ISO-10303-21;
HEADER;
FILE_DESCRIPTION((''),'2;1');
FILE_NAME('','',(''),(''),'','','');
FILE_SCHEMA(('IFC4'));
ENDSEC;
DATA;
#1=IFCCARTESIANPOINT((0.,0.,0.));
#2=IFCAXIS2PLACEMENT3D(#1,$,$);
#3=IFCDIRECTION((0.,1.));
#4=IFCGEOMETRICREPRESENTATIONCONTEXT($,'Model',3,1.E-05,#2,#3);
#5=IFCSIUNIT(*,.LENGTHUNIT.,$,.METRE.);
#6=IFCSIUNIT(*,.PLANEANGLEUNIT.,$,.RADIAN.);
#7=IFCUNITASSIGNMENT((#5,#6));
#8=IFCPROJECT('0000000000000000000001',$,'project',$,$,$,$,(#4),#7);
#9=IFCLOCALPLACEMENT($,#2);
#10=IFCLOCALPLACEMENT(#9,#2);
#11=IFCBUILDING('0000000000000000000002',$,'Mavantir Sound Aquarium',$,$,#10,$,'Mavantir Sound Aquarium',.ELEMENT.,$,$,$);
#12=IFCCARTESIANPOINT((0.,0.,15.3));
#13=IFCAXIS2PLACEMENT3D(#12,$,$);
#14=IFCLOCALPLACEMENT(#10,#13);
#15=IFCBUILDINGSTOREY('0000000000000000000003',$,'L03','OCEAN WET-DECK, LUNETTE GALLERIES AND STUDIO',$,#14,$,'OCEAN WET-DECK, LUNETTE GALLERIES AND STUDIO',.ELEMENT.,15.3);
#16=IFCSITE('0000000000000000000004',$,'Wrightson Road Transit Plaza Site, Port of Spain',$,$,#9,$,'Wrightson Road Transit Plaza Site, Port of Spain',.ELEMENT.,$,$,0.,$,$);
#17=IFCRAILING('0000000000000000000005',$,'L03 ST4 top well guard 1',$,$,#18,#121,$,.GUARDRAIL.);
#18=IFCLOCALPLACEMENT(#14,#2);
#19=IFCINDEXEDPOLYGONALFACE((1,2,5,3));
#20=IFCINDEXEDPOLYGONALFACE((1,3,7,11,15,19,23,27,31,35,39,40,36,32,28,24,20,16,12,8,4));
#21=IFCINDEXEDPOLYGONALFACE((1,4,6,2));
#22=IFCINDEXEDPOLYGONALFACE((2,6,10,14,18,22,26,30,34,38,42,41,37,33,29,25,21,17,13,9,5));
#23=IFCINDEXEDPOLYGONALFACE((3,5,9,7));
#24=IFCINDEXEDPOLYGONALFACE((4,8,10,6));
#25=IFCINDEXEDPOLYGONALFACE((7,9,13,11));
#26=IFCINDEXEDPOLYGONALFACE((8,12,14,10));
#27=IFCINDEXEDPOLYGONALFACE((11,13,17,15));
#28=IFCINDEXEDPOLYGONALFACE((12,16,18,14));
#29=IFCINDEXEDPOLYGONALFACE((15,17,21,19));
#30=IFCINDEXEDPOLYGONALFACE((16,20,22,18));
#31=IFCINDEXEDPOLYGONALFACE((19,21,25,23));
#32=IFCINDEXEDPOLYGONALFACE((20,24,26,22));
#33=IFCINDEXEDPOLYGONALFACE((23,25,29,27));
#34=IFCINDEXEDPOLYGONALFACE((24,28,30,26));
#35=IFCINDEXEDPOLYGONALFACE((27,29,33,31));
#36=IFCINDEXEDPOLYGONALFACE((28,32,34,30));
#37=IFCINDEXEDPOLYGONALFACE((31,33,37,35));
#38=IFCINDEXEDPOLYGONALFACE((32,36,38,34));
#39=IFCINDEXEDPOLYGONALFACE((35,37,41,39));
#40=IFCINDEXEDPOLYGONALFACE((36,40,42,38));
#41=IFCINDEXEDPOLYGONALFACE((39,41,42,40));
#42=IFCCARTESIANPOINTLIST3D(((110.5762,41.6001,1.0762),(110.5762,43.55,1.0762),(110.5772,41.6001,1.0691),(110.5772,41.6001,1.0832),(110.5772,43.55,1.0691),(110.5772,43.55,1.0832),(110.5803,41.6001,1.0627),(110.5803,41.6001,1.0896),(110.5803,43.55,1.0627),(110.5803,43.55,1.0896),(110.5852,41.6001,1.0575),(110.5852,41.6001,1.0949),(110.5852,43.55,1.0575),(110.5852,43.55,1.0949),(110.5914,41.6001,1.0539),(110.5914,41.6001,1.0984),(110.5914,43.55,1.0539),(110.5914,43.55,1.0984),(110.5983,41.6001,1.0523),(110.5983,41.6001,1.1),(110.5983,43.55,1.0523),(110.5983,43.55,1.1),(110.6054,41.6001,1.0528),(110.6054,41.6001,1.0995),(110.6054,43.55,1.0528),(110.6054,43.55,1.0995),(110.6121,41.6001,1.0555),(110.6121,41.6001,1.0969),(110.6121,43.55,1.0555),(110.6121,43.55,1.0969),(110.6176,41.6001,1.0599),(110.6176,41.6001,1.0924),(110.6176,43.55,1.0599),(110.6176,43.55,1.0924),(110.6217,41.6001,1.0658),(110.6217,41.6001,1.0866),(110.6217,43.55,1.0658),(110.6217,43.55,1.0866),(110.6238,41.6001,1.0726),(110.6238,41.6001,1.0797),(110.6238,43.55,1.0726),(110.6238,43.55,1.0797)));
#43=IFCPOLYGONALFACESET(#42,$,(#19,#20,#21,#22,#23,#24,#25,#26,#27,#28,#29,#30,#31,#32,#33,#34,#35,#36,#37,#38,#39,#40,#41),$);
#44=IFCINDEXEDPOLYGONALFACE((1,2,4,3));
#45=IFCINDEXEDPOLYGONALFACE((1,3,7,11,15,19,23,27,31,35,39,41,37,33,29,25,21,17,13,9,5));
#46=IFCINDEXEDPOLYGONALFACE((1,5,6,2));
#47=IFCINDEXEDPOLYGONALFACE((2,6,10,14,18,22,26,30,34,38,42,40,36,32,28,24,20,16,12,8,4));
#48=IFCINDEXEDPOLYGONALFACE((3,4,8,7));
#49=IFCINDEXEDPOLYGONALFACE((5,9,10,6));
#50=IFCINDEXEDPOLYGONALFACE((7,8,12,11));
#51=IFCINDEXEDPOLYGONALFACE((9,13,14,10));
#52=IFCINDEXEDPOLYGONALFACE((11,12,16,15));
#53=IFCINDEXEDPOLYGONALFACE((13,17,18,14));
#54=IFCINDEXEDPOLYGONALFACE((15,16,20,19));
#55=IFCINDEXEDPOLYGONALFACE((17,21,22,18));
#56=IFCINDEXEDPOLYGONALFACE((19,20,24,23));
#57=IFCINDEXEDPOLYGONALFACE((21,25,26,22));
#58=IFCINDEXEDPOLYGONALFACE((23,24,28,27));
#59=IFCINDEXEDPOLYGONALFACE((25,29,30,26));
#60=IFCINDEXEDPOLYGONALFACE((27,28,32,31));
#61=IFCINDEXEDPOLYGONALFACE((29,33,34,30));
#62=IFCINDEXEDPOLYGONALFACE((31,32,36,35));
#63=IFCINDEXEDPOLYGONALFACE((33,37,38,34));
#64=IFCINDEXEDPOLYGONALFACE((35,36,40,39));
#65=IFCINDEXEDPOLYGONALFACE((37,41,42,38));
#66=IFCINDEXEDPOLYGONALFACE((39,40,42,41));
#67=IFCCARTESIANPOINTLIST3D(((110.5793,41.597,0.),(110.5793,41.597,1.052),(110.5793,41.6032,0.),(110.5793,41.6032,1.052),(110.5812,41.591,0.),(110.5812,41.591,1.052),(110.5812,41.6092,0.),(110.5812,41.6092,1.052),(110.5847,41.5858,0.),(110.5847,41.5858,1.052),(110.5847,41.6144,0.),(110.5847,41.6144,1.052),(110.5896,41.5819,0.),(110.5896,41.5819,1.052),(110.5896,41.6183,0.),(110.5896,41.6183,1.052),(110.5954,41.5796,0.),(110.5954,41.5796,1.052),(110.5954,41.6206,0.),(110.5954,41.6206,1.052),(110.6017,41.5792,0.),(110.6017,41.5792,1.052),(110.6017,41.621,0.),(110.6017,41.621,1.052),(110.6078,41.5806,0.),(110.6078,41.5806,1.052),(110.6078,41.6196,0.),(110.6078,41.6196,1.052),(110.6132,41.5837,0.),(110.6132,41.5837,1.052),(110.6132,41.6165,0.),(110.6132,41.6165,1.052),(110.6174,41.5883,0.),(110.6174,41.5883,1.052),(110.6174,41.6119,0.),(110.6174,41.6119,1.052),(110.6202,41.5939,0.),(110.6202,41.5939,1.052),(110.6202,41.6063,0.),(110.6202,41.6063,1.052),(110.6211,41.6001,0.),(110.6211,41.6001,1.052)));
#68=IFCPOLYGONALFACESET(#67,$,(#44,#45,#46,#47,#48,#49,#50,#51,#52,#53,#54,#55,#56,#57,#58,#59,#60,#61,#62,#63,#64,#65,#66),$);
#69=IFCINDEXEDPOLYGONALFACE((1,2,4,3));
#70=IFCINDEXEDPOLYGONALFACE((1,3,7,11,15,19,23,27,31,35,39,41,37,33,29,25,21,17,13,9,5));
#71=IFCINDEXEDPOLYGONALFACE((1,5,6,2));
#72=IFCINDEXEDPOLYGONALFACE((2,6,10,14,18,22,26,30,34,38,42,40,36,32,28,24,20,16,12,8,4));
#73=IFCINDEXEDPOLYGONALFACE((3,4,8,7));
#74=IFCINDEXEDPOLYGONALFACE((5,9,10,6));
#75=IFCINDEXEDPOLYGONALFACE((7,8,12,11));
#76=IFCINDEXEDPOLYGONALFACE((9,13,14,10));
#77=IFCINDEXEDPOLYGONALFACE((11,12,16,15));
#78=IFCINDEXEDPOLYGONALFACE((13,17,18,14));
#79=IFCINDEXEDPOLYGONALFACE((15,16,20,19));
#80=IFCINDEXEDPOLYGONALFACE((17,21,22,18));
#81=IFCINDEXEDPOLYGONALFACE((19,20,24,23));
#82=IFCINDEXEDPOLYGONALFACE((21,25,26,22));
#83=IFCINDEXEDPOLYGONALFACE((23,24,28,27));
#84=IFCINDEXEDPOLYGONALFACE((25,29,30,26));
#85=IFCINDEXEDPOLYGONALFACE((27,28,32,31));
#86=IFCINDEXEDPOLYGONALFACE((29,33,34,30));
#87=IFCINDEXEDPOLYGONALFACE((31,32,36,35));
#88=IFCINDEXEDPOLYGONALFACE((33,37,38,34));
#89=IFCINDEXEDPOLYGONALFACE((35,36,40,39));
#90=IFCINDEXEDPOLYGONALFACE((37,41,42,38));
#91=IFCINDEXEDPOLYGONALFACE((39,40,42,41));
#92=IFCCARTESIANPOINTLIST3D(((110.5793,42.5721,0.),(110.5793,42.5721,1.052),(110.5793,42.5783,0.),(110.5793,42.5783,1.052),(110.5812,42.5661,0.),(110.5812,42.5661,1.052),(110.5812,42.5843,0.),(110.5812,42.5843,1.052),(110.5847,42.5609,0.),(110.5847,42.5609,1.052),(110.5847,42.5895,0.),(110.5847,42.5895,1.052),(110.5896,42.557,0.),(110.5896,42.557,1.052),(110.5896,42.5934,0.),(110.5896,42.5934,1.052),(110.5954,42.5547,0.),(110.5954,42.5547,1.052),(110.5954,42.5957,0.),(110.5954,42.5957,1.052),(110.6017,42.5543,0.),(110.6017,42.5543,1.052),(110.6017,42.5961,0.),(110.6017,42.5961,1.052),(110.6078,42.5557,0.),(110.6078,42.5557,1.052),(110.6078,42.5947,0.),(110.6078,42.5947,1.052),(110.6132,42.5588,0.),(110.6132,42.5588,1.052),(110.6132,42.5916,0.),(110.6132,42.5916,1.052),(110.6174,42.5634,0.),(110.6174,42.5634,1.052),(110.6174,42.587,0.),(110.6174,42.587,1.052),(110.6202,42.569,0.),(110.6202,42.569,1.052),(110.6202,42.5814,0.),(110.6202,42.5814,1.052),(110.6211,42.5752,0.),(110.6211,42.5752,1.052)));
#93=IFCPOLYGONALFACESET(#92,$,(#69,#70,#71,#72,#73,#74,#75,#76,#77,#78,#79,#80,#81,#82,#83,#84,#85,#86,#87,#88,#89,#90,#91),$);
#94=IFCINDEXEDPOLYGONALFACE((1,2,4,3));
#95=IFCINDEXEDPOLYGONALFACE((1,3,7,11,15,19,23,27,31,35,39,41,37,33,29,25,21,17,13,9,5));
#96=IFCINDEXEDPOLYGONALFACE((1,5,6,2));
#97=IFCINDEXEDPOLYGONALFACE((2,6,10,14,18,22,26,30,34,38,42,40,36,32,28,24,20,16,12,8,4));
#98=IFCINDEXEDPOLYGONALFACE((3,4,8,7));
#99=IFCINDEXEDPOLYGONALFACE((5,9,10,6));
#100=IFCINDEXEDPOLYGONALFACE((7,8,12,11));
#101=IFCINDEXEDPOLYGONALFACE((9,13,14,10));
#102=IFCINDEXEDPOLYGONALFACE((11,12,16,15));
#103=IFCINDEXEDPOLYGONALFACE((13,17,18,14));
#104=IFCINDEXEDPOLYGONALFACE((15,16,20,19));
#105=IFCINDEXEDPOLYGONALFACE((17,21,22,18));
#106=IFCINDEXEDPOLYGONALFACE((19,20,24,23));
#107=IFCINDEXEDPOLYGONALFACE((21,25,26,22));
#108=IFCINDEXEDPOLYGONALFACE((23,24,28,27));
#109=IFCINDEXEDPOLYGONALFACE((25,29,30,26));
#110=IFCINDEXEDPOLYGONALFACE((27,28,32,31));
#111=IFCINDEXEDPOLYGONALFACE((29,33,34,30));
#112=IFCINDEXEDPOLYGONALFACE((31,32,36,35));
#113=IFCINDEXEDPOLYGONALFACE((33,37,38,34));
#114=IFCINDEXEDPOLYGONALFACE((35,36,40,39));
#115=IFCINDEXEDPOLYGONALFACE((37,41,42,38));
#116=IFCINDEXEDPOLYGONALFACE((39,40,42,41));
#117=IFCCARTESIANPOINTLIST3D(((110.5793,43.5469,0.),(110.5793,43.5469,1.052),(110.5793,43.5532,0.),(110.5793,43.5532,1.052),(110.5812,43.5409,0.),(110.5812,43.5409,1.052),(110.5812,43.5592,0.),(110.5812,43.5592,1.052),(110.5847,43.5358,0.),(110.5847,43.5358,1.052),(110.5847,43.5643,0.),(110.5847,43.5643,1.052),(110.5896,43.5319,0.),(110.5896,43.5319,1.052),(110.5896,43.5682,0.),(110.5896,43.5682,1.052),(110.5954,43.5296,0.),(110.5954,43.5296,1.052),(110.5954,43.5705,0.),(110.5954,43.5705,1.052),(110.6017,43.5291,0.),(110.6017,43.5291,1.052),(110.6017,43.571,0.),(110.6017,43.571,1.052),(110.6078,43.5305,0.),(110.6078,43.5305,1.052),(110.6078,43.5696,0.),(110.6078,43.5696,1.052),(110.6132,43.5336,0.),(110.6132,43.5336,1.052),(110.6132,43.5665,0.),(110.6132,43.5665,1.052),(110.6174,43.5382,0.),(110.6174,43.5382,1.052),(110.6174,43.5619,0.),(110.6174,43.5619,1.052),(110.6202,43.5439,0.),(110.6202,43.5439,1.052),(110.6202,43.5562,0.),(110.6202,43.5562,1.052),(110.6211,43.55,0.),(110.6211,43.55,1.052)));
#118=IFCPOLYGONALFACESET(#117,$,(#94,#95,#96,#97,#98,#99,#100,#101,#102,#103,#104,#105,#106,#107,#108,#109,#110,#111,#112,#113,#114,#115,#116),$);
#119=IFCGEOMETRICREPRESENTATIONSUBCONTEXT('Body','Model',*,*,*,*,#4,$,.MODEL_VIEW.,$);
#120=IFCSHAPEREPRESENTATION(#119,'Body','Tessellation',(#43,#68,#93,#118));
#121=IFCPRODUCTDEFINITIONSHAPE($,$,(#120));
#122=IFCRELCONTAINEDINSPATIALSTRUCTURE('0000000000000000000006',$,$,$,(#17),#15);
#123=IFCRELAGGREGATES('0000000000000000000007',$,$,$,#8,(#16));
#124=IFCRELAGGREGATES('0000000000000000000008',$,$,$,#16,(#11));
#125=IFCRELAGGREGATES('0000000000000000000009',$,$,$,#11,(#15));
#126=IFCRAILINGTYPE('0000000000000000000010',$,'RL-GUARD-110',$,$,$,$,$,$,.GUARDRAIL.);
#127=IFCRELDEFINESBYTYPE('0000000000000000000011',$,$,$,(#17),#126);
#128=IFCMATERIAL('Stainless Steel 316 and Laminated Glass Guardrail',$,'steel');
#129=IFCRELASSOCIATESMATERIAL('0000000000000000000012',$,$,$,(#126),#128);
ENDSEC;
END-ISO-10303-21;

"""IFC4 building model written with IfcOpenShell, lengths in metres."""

from ifc_helpers import new_model, si_unit, direction, frame, origin, origin_2d, place, context, subcontext, project, spatial, circle, extrude, material, type_object, element, save


model = new_model("IFC4")

# Units and contexts
model_context = context("Model", 3, precision=1e-05, world=origin(), true_north=direction((0.0, 1.0)))
body_context = subcontext(model_context, "Body", "Model", "MODEL_VIEW")
ifc_project = project(units=[si_unit("LENGTHUNIT", "METRE"), si_unit("PLANEANGLEUNIT", "RADIAN")], contexts=[model_context])

# Site, building, storey
site_placement = place(None, origin())
site = spatial("IfcSite", under=ifc_project, at=site_placement, Name="Wrightson Road Transit Plaza Site, Port of Spain", LongName="Wrightson Road Transit Plaza Site, Port of Spain", CompositionType="ELEMENT", RefElevation=0.0)
building_placement = place(site_placement, origin())
building = spatial("IfcBuilding", under=site, at=building_placement, Name="Mavantir Sound Aquarium", LongName="Mavantir Sound Aquarium", CompositionType="ELEMENT")
storey_placement = place(building_placement, frame((0.0, 0.0, 15.3)))
storey = spatial("IfcBuildingStorey", under=building, at=storey_placement, Name="L03", Description="OCEAN WET-DECK, LUNETTE GALLERIES AND STUDIO", LongName="OCEAN WET-DECK, LUNETTE GALLERIES AND STUDIO", CompositionType="ELEMENT", Elevation=15.3)

# Railing
ifc_material_1 = material(Name="Stainless Steel 316 and Laminated Glass Guardrail", Category="steel")
railing_type = type_object("IfcRailingType", Name="RL-GUARD-110", PredefinedType="GUARDRAIL", material=ifc_material_1)
railing_placement = place(storey_placement, frame((110.6001, 41.6001, 0.0)))
element("IfcRailing", 1, at=railing_placement, inside=storey, type_object=railing_type, Name="L03 ST4 top well guard 1", PredefinedType="GUARDRAIL", context=body_context, shape_type="SweptSolid", body=[
    extrude(circle(Radius=0.0239, at=origin_2d()), frame((0.0, 0.0, 1.0762), z_axis=(0.0, 1.0, 0.0), x_axis=(-1.0, 0.0, 0.0)), (0.0, 0.0, 1.0), 1.95),
    extrude(circle(Radius=0.021, at=origin_2d()), origin(), (0.0, 0.0, 1.0), 1.052),
    extrude(circle(Radius=0.021, at=origin_2d()), frame((0.0, 0.9751, 0.0)), (0.0, 0.0, 1.0), 1.052),
    extrude(circle(Radius=0.021, at=origin_2d()), frame((0.0, 1.95, 0.0)), (0.0, 0.0, 1.0), 1.052),
])

save(model, "model.ifc")
